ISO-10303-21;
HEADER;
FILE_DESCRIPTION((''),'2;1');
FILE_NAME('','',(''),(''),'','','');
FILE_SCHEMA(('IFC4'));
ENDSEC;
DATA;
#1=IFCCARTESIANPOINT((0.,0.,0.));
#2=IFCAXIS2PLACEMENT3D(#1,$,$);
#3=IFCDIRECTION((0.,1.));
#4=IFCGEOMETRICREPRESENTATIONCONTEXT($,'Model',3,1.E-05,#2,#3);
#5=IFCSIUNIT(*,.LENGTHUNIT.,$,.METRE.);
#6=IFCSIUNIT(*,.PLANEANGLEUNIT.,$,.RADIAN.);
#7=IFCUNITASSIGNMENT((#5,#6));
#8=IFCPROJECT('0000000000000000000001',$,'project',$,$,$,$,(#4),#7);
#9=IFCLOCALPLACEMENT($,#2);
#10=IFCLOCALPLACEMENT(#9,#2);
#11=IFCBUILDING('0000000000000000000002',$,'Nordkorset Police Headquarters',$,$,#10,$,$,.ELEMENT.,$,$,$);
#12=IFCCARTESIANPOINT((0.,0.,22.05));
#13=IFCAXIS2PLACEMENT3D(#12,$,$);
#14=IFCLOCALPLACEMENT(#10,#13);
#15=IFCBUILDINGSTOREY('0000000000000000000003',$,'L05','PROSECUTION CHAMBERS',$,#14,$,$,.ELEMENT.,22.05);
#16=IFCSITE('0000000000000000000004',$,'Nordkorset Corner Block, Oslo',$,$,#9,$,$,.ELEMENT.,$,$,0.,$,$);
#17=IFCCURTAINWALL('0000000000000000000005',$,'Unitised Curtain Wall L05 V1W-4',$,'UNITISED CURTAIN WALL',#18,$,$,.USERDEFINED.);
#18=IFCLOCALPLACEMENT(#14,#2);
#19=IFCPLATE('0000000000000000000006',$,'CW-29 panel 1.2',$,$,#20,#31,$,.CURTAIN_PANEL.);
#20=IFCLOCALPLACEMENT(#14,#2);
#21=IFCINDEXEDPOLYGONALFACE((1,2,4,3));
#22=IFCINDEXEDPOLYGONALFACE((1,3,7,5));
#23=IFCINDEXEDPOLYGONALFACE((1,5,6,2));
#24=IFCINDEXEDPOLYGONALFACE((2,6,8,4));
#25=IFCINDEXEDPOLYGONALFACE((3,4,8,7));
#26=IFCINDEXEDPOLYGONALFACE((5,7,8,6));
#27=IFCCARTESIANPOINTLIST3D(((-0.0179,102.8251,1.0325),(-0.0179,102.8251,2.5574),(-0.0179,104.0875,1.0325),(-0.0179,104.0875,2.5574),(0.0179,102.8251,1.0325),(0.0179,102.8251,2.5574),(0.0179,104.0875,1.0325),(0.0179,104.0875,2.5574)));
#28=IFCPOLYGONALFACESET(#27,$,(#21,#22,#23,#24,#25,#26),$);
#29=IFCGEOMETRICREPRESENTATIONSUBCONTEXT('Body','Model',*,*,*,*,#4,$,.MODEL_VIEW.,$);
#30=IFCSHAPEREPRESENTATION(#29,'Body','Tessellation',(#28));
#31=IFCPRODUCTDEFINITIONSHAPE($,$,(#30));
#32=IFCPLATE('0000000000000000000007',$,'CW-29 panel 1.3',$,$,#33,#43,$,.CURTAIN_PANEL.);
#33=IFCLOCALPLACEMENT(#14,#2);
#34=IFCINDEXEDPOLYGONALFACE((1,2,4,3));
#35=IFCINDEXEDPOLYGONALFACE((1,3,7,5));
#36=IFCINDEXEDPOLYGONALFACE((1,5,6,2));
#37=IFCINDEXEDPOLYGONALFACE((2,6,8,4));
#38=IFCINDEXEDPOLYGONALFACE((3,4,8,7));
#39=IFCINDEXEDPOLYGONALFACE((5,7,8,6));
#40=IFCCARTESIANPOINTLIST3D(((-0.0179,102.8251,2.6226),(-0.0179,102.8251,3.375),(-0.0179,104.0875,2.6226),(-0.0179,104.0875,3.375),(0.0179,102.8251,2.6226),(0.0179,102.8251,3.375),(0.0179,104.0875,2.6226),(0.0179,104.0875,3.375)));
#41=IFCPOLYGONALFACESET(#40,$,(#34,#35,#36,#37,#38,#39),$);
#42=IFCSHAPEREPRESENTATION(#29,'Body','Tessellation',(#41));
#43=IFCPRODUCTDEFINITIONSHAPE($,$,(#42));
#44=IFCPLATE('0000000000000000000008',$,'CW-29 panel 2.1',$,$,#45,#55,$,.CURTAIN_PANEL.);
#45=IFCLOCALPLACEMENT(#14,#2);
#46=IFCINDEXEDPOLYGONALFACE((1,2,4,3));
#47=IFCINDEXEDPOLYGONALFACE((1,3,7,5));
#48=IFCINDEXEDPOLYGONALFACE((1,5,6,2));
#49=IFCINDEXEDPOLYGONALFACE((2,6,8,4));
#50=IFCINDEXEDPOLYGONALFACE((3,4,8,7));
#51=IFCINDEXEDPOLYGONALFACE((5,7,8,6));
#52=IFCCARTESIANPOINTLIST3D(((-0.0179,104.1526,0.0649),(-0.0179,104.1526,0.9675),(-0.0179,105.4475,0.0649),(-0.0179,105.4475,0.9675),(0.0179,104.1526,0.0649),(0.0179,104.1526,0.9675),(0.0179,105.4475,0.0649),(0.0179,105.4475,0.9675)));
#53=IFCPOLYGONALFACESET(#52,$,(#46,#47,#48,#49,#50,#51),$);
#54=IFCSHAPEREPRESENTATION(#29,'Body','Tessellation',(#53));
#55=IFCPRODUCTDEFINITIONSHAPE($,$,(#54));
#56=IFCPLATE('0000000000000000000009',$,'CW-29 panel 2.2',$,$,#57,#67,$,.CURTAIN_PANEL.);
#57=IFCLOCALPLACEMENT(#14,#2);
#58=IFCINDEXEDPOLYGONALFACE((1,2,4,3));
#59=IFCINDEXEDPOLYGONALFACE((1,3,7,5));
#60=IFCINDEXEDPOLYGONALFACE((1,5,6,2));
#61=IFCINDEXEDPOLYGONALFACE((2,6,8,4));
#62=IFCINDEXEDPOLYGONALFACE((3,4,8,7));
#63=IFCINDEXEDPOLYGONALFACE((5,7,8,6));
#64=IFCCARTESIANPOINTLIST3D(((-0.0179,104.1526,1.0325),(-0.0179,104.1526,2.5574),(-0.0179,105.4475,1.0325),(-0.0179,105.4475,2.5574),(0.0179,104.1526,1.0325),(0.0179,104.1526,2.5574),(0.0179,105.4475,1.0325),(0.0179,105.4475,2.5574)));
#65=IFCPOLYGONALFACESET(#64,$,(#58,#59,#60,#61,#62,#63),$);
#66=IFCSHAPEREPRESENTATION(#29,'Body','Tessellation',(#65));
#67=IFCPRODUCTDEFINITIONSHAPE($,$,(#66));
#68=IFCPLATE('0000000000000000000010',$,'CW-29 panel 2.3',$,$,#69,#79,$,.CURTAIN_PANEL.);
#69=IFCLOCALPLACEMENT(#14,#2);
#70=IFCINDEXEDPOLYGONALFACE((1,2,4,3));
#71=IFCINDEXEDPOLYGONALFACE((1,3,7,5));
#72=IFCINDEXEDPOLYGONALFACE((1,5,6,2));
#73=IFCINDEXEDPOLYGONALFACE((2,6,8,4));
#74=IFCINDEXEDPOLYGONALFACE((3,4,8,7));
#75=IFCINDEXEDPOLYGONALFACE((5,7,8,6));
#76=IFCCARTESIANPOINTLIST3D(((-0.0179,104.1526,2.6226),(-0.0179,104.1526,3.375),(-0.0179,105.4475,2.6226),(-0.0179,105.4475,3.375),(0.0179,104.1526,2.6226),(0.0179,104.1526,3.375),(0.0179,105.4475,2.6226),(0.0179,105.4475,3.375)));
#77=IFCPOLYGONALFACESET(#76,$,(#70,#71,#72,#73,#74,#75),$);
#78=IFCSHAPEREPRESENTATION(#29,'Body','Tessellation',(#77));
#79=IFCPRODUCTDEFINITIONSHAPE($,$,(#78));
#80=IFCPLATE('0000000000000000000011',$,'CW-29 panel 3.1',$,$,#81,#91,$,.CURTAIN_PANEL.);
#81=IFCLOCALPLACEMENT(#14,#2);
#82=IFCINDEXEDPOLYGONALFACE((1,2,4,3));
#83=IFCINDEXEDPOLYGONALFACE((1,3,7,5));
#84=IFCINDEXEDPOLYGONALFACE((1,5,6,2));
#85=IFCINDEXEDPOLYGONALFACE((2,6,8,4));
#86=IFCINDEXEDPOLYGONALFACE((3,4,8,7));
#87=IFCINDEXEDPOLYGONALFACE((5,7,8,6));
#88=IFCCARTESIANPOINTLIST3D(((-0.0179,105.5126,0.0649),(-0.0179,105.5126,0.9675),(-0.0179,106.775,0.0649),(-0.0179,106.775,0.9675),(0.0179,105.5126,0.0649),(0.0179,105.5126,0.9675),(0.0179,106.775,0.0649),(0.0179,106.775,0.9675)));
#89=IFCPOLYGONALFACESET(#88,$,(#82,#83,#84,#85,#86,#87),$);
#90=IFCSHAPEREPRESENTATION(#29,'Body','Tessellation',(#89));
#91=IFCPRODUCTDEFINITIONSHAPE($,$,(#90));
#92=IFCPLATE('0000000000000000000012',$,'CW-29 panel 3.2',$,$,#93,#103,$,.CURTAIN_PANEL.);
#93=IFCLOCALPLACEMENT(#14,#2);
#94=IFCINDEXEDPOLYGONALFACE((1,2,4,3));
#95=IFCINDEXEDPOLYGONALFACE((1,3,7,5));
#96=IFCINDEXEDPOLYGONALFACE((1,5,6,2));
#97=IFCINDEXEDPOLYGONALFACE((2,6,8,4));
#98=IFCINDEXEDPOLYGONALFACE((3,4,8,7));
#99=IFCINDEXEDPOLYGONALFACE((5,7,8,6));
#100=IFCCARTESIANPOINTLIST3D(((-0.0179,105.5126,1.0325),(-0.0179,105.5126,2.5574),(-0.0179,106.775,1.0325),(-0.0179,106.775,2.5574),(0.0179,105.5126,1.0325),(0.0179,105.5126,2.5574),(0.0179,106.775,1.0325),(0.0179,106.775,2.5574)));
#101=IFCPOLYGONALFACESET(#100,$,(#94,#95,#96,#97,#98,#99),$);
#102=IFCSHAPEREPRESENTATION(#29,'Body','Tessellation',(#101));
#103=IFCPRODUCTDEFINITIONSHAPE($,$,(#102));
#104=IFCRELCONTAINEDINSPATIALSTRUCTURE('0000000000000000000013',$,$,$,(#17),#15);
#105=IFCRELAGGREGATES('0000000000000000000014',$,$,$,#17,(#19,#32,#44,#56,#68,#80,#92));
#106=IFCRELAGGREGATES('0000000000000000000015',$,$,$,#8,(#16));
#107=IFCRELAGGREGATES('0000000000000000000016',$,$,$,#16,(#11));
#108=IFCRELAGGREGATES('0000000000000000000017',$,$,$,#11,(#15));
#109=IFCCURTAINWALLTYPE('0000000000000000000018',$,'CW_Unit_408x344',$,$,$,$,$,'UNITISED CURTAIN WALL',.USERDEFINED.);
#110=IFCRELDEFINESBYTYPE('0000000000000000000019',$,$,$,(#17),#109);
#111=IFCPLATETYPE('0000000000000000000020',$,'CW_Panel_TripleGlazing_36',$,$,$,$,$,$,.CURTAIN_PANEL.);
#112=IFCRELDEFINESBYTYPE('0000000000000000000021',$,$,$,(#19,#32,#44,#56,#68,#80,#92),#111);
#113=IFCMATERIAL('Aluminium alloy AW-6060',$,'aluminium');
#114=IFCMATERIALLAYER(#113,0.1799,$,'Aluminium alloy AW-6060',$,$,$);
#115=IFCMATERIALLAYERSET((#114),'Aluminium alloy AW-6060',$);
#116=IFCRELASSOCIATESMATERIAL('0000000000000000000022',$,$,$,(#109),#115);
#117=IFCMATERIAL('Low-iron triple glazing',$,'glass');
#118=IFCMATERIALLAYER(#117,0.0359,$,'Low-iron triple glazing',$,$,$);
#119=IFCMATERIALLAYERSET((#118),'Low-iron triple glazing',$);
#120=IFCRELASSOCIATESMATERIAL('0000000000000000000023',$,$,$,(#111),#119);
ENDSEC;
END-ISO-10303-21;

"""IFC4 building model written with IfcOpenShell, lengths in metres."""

from ifc_helpers import new_model, si_unit, direction, frame, origin, origin_2d, place, context, subcontext, project, spatial, rectangle, extrude, material, layer, layer_set, type_object, element, aggregate, save


model = new_model("IFC4")

# Units and contexts
model_context = context("Model", 3, precision=1e-05, world=origin(), true_north=direction((0.0, 1.0)))
body_context = subcontext(model_context, "Body", "Model", "MODEL_VIEW")
ifc_project = project(units=[si_unit("LENGTHUNIT", "METRE"), si_unit("PLANEANGLEUNIT", "RADIAN")], contexts=[model_context])

# Site, building, storey
site_placement = place(None, origin())
site = spatial("IfcSite", under=ifc_project, at=site_placement, Name="Nordkorset Corner Block, Oslo", CompositionType="ELEMENT", RefElevation=0.0)
building_placement = place(site_placement, origin())
building = spatial("IfcBuilding", under=site, at=building_placement, Name="Nordkorset Police Headquarters", CompositionType="ELEMENT")
storey_placement = place(building_placement, frame((0.0, 0.0, 22.05)))
storey = spatial("IfcBuildingStorey", under=building, at=storey_placement, Name="L05", Description="PROSECUTION CHAMBERS", CompositionType="ELEMENT", Elevation=22.05)

# Shared definitions
ifc_material_1 = material(Name="Aluminium alloy AW-6060", Category="aluminium")
ifc_layer_1 = layer(ifc_material_1, 0.1799, Name="Aluminium alloy AW-6060")
ifc_layer_set_1 = layer_set([ifc_layer_1], Name="Aluminium alloy AW-6060")
curtain_wall_type = type_object("IfcCurtainWallType", Name="CW_Unit_408x344", ElementType="UNITISED CURTAIN WALL", PredefinedType="USERDEFINED", material=ifc_layer_set_1)

# Curtain wall
curtain_wall_1_placement = place(storey_placement, origin())
curtain_wall_1 = element("IfcCurtainWall", 1, at=curtain_wall_1_placement, inside=storey, type_object=curtain_wall_type, Name="Unitised Curtain Wall L05 V1W-4", ObjectType="UNITISED CURTAIN WALL", PredefinedType="USERDEFINED")

# Plates
ifc_material_2 = material(Name="Low-iron triple glazing", Category="glass")
ifc_layer_2 = layer(ifc_material_2, 0.0359, Name="Low-iron triple glazing")
ifc_layer_set_2 = layer_set([ifc_layer_2], Name="Low-iron triple glazing")
plate_type = type_object("IfcPlateType", Name="CW_Panel_TripleGlazing_36", PredefinedType="CURTAIN_PANEL", material=ifc_layer_set_2)
plate_1_placement = place(storey_placement, frame((0.0, 103.4563, 1.0325), z_axis=(0.0, 0.0, 1.0), x_axis=(0.0, 1.0, 0.0)))
plate_1 = element("IfcPlate", 2, at=plate_1_placement, type_object=plate_type, Name="CW-29 panel 1.2", PredefinedType="CURTAIN_PANEL", context=body_context, shape_type="SweptSolid", body=[
    extrude(rectangle(XDim=1.2625, YDim=0.0359, at=origin_2d()), origin(), (0.0, 0.0, 1.0), 1.5249),
])
plate_2_placement = place(storey_placement, frame((0.0, 103.4563, 2.6226), z_axis=(0.0, 0.0, 1.0), x_axis=(0.0, 1.0, 0.0)))
plate_2 = element("IfcPlate", 3, at=plate_2_placement, type_object=plate_type, Name="CW-29 panel 1.3", PredefinedType="CURTAIN_PANEL", context=body_context, shape_type="SweptSolid", body=[
    extrude(rectangle(XDim=1.2625, YDim=0.0359, at=origin_2d()), origin(), (0.0, 0.0, 1.0), 0.7524),
])
plate_3_placement = place(storey_placement, frame((0.0, 104.8, 0.0649), z_axis=(0.0, 0.0, 1.0), x_axis=(0.0, 1.0, 0.0)))
plate_3 = element("IfcPlate", 4, at=plate_3_placement, type_object=plate_type, Name="CW-29 panel 2.1", PredefinedType="CURTAIN_PANEL", context=body_context, shape_type="SweptSolid", body=[
    extrude(rectangle(XDim=1.2949, YDim=0.0359, at=origin_2d()), origin(), (0.0, 0.0, 1.0), 0.9026),
])
plate_4_placement = place(storey_placement, frame((0.0, 104.8, 1.0325), z_axis=(0.0, 0.0, 1.0), x_axis=(0.0, 1.0, 0.0)))
plate_4 = element("IfcPlate", 5, at=plate_4_placement, type_object=plate_type, Name="CW-29 panel 2.2", PredefinedType="CURTAIN_PANEL", context=body_context, shape_type="SweptSolid", body=[
    extrude(rectangle(XDim=1.2949, YDim=0.0359, at=origin_2d()), origin(), (0.0, 0.0, 1.0), 1.5249),
])
plate_5_placement = place(storey_placement, frame((0.0, 104.8, 2.6226), z_axis=(0.0, 0.0, 1.0), x_axis=(0.0, 1.0, 0.0)))
plate_5 = element("IfcPlate", 6, at=plate_5_placement, type_object=plate_type, Name="CW-29 panel 2.3", PredefinedType="CURTAIN_PANEL", context=body_context, shape_type="SweptSolid", body=[
    extrude(rectangle(XDim=1.2949, YDim=0.0359, at=origin_2d()), origin(), (0.0, 0.0, 1.0), 0.7524),
])
plate_6_placement = place(storey_placement, frame((0.0, 106.1438, 0.0649), z_axis=(0.0, 0.0, 1.0), x_axis=(0.0, 1.0, 0.0)))
plate_6 = element("IfcPlate", 7, at=plate_6_placement, type_object=plate_type, Name="CW-29 panel 3.1", PredefinedType="CURTAIN_PANEL", context=body_context, shape_type="SweptSolid", body=[
    extrude(rectangle(XDim=1.2625, YDim=0.0359, at=origin_2d()), origin(), (0.0, 0.0, 1.0), 0.9026),
])
plate_7_placement = place(storey_placement, frame((0.0, 106.1438, 1.0325), z_axis=(0.0, 0.0, 1.0), x_axis=(0.0, 1.0, 0.0)))
plate_7 = element("IfcPlate", 8, at=plate_7_placement, type_object=plate_type, Name="CW-29 panel 3.2", PredefinedType="CURTAIN_PANEL", context=body_context, shape_type="SweptSolid", body=[
    extrude(rectangle(XDim=1.2625, YDim=0.0359, at=origin_2d()), origin(), (0.0, 0.0, 1.0), 1.5249),
])
aggregate(curtain_wall_1, [plate_1, plate_2, plate_3, plate_4, plate_5, plate_6, plate_7])

save(model, "model.ifc")
